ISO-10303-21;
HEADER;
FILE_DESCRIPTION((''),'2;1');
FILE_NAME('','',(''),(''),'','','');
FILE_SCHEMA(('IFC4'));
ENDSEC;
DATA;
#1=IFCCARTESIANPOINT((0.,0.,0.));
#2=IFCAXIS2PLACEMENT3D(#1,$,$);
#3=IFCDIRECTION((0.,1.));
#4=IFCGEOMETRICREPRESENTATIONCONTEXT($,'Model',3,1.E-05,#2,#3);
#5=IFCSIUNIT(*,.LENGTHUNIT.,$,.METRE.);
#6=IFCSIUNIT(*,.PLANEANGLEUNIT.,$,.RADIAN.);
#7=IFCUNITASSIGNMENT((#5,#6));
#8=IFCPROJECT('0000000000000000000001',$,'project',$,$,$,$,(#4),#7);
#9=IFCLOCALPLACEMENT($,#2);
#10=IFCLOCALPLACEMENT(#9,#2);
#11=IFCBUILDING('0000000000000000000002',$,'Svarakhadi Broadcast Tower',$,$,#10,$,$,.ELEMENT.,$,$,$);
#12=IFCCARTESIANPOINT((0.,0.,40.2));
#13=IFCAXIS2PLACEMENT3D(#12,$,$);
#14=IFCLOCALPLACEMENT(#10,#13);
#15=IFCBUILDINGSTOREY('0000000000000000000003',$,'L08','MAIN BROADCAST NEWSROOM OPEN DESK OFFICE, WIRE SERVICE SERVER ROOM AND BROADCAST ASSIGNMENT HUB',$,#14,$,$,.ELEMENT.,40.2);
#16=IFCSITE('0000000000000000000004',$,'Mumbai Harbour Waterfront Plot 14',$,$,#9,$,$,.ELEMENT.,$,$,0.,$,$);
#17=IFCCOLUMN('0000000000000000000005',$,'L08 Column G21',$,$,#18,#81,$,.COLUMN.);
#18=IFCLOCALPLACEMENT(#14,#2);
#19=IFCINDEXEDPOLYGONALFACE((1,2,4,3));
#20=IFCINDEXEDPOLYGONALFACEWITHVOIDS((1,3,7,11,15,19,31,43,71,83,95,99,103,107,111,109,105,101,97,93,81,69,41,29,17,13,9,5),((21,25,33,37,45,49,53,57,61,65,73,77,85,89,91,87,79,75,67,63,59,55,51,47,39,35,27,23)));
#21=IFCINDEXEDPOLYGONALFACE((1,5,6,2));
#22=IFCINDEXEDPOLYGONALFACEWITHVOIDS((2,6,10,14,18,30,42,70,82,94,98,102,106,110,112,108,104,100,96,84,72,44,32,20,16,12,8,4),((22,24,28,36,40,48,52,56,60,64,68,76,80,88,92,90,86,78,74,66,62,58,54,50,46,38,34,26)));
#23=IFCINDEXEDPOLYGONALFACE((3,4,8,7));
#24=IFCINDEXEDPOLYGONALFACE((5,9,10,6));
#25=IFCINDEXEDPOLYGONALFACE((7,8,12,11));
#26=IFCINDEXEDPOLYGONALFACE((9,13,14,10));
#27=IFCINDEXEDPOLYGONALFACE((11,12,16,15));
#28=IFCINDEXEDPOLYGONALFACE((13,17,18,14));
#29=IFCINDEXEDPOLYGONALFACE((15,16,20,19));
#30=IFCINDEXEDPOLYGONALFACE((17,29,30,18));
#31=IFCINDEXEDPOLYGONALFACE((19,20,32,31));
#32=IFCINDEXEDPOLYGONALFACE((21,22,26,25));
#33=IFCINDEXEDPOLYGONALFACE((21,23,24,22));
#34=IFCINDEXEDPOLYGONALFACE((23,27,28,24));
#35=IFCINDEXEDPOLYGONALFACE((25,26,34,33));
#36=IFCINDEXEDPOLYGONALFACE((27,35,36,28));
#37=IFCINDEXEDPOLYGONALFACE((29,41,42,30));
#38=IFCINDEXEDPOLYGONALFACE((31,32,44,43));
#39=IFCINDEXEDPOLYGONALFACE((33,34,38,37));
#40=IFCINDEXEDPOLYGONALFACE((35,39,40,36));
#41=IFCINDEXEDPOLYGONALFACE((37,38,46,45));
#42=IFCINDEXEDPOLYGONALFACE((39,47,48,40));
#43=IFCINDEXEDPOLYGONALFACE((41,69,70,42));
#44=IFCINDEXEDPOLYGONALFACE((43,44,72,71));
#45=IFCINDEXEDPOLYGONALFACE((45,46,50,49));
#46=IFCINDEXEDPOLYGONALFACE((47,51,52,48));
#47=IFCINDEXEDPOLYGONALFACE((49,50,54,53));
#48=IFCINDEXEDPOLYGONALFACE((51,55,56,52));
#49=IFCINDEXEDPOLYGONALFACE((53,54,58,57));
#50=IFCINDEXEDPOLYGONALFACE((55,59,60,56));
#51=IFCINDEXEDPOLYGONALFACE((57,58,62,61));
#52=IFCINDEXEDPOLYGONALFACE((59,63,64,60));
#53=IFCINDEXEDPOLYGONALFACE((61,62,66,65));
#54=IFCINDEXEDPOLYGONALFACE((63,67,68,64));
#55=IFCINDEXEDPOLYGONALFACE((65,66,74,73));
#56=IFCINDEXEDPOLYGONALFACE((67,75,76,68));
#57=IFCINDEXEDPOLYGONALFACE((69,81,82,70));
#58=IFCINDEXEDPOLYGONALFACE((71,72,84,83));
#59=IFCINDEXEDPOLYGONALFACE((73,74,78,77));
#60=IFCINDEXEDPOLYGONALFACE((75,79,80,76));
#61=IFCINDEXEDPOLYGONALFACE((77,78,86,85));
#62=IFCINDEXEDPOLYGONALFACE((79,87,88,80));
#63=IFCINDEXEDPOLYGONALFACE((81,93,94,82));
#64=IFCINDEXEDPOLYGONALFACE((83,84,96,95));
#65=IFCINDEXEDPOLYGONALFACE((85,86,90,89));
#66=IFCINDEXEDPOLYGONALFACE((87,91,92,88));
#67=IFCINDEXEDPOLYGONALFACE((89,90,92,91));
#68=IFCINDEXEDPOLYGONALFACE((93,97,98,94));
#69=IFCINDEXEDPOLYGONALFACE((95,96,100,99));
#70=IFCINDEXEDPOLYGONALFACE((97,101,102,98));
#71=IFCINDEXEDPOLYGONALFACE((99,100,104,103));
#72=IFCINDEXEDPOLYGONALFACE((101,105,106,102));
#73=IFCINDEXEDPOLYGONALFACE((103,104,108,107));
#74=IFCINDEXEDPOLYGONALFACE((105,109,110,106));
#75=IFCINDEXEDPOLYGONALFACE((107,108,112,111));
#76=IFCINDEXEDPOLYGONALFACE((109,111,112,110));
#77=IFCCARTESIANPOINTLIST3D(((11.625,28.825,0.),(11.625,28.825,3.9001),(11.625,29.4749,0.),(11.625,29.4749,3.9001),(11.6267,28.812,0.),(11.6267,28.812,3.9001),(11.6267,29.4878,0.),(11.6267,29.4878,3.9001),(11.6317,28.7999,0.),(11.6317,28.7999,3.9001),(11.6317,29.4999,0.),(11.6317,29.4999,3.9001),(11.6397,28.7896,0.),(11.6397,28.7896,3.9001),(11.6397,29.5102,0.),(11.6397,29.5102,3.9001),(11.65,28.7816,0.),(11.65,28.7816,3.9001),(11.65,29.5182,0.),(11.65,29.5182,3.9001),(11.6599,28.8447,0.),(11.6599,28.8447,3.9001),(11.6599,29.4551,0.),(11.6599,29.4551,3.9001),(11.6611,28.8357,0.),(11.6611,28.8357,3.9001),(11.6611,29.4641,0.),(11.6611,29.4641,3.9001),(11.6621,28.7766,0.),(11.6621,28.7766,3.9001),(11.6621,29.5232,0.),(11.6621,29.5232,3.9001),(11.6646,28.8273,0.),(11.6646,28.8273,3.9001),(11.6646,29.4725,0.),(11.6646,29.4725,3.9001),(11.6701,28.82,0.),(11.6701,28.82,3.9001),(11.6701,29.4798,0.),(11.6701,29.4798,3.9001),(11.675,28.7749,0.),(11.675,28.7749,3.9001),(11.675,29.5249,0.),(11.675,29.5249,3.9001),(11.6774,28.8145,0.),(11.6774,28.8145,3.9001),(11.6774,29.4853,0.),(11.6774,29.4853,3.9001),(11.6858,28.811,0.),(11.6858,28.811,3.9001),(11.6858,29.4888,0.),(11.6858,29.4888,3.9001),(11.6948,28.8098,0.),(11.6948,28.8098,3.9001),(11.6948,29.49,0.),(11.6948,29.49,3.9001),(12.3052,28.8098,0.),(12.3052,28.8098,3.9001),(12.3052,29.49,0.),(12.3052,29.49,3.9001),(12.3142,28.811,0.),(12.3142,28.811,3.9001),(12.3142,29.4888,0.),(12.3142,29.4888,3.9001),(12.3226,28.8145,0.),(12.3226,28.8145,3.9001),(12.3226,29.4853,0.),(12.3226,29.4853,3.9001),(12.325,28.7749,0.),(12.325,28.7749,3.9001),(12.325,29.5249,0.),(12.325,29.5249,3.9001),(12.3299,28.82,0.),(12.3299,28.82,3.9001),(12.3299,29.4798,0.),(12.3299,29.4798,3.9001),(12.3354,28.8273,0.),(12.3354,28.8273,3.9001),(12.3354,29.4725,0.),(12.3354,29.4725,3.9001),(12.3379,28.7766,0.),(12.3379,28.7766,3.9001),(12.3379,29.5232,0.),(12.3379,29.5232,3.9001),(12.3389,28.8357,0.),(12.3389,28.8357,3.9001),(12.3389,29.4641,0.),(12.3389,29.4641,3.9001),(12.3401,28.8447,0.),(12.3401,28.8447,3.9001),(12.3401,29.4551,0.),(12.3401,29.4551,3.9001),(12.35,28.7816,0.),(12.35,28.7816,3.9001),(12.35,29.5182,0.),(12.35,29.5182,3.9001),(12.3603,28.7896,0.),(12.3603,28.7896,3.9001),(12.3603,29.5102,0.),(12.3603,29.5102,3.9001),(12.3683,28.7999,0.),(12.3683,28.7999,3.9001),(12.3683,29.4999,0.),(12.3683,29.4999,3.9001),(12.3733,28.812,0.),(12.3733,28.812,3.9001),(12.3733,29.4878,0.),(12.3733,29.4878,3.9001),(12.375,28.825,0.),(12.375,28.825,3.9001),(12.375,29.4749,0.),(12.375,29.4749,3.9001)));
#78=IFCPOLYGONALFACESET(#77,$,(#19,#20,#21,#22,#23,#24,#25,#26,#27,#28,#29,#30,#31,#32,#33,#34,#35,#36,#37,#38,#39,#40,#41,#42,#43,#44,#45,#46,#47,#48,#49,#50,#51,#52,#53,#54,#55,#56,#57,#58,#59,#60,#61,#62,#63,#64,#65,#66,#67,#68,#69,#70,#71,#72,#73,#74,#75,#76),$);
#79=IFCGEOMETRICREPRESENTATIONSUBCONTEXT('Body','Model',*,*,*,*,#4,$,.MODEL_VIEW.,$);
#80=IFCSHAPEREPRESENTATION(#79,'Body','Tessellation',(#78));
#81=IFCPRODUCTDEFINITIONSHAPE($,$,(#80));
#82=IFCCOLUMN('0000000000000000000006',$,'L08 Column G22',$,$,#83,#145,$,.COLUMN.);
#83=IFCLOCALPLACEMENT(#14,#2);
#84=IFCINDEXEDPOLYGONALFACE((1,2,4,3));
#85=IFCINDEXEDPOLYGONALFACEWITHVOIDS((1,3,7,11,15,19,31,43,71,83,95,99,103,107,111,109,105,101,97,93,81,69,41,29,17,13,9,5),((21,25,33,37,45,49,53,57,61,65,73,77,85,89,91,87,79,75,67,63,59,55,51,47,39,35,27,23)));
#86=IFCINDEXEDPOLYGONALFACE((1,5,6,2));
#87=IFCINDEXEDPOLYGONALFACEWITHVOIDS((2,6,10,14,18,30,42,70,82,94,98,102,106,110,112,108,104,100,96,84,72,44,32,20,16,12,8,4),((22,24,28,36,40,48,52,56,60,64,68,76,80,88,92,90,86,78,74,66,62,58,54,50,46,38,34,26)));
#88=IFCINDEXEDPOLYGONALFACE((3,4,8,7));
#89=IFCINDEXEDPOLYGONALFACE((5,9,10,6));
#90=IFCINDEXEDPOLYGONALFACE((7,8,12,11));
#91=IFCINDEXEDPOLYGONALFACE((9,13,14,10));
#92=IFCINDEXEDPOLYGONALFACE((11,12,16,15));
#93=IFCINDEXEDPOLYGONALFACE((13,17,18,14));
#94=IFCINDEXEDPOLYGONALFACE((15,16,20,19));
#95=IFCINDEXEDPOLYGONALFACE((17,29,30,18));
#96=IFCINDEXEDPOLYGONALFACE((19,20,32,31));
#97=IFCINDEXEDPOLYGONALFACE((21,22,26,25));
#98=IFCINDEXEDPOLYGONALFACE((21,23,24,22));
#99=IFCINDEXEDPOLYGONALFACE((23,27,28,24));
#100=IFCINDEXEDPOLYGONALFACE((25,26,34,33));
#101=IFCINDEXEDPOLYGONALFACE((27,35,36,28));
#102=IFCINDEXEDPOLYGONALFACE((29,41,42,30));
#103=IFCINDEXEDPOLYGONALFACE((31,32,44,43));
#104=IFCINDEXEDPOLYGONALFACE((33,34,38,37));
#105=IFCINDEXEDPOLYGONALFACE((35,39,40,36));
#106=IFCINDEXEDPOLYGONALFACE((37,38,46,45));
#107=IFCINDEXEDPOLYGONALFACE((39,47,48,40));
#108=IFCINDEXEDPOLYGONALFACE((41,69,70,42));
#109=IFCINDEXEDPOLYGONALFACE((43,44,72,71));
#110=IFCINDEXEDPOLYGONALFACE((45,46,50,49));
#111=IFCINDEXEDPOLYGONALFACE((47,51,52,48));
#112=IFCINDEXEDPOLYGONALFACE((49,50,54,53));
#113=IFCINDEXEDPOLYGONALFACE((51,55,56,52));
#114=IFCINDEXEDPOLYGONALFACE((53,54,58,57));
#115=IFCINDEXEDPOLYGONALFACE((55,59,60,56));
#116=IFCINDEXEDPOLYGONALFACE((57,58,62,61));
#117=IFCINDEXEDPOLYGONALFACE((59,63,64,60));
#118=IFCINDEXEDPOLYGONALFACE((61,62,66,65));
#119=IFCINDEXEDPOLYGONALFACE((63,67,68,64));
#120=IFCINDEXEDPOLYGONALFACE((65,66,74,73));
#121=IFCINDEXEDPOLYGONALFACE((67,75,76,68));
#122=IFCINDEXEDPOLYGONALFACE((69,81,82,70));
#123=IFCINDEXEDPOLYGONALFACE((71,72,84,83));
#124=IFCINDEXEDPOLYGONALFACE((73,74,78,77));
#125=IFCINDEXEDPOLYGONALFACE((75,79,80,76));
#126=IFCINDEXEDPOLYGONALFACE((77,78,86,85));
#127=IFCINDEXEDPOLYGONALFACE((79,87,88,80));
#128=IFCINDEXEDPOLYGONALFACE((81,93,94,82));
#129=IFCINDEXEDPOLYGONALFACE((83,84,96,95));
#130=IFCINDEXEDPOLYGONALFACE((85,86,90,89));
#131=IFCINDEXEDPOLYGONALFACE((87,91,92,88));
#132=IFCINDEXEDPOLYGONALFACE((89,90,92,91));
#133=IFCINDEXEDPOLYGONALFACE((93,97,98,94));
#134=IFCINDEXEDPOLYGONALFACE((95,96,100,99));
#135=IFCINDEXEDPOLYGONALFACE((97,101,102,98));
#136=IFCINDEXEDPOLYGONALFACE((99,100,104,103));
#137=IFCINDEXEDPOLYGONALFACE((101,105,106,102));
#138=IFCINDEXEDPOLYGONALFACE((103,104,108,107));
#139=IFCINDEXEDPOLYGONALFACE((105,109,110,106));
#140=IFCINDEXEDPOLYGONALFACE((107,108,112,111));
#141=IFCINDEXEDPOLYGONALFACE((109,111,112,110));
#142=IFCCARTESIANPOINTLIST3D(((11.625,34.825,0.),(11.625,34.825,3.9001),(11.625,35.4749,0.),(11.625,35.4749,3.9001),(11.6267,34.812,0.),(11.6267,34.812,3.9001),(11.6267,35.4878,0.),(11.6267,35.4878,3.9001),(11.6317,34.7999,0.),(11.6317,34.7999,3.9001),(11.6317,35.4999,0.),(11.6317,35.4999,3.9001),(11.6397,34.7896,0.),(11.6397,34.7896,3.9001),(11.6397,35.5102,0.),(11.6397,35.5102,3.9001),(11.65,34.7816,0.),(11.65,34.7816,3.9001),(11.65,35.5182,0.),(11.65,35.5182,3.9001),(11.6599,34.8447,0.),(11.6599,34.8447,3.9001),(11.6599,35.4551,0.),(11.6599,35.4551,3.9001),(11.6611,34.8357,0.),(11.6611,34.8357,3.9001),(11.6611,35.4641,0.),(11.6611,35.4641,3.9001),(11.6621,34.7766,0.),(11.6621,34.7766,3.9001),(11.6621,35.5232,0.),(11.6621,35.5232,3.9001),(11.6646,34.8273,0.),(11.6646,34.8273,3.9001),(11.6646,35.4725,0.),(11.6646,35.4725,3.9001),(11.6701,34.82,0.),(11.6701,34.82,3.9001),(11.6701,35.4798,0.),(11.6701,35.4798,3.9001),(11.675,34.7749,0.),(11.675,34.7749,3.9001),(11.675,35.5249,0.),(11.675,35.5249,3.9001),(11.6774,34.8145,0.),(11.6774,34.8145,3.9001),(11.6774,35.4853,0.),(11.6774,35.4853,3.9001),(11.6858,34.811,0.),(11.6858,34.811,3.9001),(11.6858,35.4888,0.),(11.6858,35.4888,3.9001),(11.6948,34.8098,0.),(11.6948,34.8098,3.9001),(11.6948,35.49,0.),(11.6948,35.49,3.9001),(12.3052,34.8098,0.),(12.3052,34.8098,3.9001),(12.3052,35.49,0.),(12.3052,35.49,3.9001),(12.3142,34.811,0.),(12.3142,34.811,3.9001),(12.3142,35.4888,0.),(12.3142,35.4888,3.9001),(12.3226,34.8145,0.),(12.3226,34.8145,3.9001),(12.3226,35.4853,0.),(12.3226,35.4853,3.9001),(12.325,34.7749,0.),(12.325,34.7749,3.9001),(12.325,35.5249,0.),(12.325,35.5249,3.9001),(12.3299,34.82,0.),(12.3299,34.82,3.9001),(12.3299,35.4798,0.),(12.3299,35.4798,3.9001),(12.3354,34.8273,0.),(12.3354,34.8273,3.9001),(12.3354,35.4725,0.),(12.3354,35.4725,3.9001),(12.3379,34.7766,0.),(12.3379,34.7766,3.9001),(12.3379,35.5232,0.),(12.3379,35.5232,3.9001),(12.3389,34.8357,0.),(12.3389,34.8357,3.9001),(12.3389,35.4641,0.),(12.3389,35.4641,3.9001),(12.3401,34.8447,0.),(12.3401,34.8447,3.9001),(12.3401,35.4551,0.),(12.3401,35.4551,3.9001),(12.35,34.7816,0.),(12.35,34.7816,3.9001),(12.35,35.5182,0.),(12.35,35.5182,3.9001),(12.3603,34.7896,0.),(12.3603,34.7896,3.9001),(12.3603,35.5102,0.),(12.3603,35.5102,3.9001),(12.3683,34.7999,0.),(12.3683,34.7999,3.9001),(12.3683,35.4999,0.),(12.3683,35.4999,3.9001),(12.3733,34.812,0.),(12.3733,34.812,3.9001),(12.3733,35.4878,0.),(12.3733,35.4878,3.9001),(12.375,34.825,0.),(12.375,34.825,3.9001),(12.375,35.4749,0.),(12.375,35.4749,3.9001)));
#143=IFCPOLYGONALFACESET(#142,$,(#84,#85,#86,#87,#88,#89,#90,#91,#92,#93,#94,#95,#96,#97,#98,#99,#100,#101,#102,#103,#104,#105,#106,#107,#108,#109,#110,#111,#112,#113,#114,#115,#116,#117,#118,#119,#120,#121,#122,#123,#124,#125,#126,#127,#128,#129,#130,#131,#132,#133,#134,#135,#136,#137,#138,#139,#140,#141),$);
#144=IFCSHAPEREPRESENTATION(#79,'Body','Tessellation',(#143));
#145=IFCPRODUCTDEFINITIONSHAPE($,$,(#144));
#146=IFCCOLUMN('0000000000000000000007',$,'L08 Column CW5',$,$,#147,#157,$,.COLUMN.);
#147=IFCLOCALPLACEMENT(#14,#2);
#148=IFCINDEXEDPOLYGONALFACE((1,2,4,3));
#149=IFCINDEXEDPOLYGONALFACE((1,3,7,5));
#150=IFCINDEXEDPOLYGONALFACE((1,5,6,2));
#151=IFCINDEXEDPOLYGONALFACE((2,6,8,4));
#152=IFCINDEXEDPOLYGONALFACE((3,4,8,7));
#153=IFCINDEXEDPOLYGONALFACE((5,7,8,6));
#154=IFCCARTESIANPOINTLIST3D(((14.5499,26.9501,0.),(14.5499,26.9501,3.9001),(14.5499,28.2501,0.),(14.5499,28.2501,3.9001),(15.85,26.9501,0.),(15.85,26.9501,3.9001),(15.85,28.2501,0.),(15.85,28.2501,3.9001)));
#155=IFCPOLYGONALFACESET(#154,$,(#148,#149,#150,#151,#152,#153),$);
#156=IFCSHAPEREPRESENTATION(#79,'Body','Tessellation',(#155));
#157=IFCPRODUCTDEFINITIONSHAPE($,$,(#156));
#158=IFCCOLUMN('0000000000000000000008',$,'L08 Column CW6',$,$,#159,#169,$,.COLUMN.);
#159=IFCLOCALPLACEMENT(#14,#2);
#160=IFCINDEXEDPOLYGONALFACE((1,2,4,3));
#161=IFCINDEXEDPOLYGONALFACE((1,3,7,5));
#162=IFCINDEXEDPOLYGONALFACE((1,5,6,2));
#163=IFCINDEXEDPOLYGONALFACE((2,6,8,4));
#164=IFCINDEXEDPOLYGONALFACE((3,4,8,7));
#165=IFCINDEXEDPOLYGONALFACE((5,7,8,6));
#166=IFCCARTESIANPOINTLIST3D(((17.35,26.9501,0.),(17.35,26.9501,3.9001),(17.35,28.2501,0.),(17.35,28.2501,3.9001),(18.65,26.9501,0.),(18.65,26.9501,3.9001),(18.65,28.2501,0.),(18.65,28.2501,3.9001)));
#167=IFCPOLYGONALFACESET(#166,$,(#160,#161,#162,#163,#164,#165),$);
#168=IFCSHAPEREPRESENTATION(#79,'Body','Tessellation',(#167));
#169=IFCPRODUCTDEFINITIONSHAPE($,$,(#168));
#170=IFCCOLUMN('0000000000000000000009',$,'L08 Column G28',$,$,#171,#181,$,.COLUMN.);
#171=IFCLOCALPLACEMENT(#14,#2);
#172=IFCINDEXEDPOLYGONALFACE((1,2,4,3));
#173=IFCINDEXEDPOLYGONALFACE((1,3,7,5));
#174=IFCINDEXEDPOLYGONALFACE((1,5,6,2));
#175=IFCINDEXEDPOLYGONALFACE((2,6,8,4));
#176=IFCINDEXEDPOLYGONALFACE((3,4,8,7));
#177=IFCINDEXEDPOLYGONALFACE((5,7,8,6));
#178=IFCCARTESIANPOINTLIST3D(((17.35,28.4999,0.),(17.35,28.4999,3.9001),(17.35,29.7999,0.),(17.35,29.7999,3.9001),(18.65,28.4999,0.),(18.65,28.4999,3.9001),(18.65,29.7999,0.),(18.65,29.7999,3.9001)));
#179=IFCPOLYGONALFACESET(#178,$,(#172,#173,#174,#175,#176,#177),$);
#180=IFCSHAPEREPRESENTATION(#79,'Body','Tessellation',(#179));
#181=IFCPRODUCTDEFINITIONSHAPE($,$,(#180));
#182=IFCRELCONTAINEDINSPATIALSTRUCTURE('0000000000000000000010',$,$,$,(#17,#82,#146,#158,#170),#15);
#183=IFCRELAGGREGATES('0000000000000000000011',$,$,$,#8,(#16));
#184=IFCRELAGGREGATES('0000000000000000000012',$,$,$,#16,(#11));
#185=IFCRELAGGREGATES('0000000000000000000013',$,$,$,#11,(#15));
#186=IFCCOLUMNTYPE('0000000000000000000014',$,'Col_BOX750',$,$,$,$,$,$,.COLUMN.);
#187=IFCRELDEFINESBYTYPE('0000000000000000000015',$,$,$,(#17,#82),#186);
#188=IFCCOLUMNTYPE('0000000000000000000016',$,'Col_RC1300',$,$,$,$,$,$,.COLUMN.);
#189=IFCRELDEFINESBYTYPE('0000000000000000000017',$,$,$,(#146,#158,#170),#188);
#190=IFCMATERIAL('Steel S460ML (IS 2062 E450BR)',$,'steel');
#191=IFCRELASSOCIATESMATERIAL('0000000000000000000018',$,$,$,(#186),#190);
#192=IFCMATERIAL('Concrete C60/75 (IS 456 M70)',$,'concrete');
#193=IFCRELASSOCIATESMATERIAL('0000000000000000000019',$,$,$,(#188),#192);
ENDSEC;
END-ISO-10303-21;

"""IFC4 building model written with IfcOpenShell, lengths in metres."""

from ifc_helpers import new_model, si_unit, direction, frame, origin, origin_2d, place, context, subcontext, project, spatial, rectangle, hollow_rectangle, extrude, material, material_profile, profile_set, type_object, element, save


model = new_model("IFC4")

# Units and contexts
model_context = context("Model", 3, precision=1e-05, world=origin(), true_north=direction((0.0, 1.0)))
body_context = subcontext(model_context, "Body", "Model", "MODEL_VIEW")
ifc_project = project(units=[si_unit("LENGTHUNIT", "METRE"), si_unit("PLANEANGLEUNIT", "RADIAN")], contexts=[model_context])

# Site, building, storey
site_placement = place(None, origin())
site = spatial("IfcSite", under=ifc_project, at=site_placement, Name="Mumbai Harbour Waterfront Plot 14", CompositionType="ELEMENT", RefElevation=0.0)
building_placement = place(site_placement, origin())
building = spatial("IfcBuilding", under=site, at=building_placement, Name="Svarakhadi Broadcast Tower", CompositionType="ELEMENT")
storey_placement = place(building_placement, frame((0.0, 0.0, 40.2)))
storey = spatial("IfcBuildingStorey", under=building, at=storey_placement, Name="L08", Description="MAIN BROADCAST NEWSROOM OPEN DESK OFFICE, WIRE SERVICE SERVER ROOM AND BROADCAST ASSIGNMENT HUB", CompositionType="ELEMENT", Elevation=40.2)

# Columns
ifc_material_1 = material(Name="Steel S460ML (IS 2062 E450BR)", Category="steel")
ifc_material_profile_1 = material_profile(ifc_material_1, hollow_rectangle(XDim=0.75, YDim=0.75, WallThickness=0.0349, InnerFilletRadius=0.0349, OuterFilletRadius=0.05, at=origin_2d()), Name="BOX 750x750x35")
ifc_profile_set_1 = profile_set([ifc_material_profile_1], Name="Steel S460ML (IS 2062 E450BR)")
column_type_1 = type_object("IfcColumnType", Name="Col_BOX750", PredefinedType="COLUMN", material=ifc_profile_set_1)
for number, where, z_axis, x_axis, name in (
    (1, (12.0, 29.1499, 0.0), (0.0, 0.0, 1.0), (1.0, 0.0, 0.0), "L08 Column G21"),
    (2, (12.0, 35.1499, 0.0), (0.0, 0.0, 1.0), (1.0, 0.0, 0.0), "L08 Column G22"),
):
    element("IfcColumn", number, at=place(storey_placement, frame(where, z_axis=z_axis, x_axis=x_axis)), inside=storey, type_object=column_type_1, Name=name, PredefinedType="COLUMN", context=body_context, shape_type="SweptSolid", body=[
        extrude(hollow_rectangle(XDim=0.75, YDim=0.75, WallThickness=0.0349, InnerFilletRadius=0.0349, OuterFilletRadius=0.05, at=origin_2d()), origin(), (0.0, 0.0, 1.0), 3.9001),
    ])
ifc_material_2 = material(Name="Concrete C60/75 (IS 456 M70)", Category="concrete")
ifc_material_profile_2 = material_profile(ifc_material_2, rectangle(XDim=1.3, YDim=1.3, at=origin_2d()), Name="RC 1300x1300")
ifc_profile_set_2 = profile_set([ifc_material_profile_2], Name="Concrete C60/75 (IS 456 M70)")
column_type_2 = type_object("IfcColumnType", Name="Col_RC1300", PredefinedType="COLUMN", material=ifc_profile_set_2)
for number, where, z_axis, x_axis, name in (
    (3, (15.2, 27.6001, 0.0), (0.0, 0.0, 1.0), (1.0, 0.0, 0.0), "L08 Column CW5"),
    (4, (18.0, 27.6001, 0.0), (0.0, 0.0, 1.0), (1.0, 0.0, 0.0), "L08 Column CW6"),
    (5, (18.0, 29.1499, 0.0), (0.0, 0.0, 1.0), (1.0, 0.0, 0.0), "L08 Column G28"),
):
    element("IfcColumn", number, at=place(storey_placement, frame(where, z_axis=z_axis, x_axis=x_axis)), inside=storey, type_object=column_type_2, Name=name, PredefinedType="COLUMN", context=body_context, shape_type="SweptSolid", body=[
        extrude(rectangle(XDim=1.3, YDim=1.3, at=origin_2d()), origin(), (0.0, 0.0, 1.0), 3.9001),
    ])

save(model, "model.ifc")
